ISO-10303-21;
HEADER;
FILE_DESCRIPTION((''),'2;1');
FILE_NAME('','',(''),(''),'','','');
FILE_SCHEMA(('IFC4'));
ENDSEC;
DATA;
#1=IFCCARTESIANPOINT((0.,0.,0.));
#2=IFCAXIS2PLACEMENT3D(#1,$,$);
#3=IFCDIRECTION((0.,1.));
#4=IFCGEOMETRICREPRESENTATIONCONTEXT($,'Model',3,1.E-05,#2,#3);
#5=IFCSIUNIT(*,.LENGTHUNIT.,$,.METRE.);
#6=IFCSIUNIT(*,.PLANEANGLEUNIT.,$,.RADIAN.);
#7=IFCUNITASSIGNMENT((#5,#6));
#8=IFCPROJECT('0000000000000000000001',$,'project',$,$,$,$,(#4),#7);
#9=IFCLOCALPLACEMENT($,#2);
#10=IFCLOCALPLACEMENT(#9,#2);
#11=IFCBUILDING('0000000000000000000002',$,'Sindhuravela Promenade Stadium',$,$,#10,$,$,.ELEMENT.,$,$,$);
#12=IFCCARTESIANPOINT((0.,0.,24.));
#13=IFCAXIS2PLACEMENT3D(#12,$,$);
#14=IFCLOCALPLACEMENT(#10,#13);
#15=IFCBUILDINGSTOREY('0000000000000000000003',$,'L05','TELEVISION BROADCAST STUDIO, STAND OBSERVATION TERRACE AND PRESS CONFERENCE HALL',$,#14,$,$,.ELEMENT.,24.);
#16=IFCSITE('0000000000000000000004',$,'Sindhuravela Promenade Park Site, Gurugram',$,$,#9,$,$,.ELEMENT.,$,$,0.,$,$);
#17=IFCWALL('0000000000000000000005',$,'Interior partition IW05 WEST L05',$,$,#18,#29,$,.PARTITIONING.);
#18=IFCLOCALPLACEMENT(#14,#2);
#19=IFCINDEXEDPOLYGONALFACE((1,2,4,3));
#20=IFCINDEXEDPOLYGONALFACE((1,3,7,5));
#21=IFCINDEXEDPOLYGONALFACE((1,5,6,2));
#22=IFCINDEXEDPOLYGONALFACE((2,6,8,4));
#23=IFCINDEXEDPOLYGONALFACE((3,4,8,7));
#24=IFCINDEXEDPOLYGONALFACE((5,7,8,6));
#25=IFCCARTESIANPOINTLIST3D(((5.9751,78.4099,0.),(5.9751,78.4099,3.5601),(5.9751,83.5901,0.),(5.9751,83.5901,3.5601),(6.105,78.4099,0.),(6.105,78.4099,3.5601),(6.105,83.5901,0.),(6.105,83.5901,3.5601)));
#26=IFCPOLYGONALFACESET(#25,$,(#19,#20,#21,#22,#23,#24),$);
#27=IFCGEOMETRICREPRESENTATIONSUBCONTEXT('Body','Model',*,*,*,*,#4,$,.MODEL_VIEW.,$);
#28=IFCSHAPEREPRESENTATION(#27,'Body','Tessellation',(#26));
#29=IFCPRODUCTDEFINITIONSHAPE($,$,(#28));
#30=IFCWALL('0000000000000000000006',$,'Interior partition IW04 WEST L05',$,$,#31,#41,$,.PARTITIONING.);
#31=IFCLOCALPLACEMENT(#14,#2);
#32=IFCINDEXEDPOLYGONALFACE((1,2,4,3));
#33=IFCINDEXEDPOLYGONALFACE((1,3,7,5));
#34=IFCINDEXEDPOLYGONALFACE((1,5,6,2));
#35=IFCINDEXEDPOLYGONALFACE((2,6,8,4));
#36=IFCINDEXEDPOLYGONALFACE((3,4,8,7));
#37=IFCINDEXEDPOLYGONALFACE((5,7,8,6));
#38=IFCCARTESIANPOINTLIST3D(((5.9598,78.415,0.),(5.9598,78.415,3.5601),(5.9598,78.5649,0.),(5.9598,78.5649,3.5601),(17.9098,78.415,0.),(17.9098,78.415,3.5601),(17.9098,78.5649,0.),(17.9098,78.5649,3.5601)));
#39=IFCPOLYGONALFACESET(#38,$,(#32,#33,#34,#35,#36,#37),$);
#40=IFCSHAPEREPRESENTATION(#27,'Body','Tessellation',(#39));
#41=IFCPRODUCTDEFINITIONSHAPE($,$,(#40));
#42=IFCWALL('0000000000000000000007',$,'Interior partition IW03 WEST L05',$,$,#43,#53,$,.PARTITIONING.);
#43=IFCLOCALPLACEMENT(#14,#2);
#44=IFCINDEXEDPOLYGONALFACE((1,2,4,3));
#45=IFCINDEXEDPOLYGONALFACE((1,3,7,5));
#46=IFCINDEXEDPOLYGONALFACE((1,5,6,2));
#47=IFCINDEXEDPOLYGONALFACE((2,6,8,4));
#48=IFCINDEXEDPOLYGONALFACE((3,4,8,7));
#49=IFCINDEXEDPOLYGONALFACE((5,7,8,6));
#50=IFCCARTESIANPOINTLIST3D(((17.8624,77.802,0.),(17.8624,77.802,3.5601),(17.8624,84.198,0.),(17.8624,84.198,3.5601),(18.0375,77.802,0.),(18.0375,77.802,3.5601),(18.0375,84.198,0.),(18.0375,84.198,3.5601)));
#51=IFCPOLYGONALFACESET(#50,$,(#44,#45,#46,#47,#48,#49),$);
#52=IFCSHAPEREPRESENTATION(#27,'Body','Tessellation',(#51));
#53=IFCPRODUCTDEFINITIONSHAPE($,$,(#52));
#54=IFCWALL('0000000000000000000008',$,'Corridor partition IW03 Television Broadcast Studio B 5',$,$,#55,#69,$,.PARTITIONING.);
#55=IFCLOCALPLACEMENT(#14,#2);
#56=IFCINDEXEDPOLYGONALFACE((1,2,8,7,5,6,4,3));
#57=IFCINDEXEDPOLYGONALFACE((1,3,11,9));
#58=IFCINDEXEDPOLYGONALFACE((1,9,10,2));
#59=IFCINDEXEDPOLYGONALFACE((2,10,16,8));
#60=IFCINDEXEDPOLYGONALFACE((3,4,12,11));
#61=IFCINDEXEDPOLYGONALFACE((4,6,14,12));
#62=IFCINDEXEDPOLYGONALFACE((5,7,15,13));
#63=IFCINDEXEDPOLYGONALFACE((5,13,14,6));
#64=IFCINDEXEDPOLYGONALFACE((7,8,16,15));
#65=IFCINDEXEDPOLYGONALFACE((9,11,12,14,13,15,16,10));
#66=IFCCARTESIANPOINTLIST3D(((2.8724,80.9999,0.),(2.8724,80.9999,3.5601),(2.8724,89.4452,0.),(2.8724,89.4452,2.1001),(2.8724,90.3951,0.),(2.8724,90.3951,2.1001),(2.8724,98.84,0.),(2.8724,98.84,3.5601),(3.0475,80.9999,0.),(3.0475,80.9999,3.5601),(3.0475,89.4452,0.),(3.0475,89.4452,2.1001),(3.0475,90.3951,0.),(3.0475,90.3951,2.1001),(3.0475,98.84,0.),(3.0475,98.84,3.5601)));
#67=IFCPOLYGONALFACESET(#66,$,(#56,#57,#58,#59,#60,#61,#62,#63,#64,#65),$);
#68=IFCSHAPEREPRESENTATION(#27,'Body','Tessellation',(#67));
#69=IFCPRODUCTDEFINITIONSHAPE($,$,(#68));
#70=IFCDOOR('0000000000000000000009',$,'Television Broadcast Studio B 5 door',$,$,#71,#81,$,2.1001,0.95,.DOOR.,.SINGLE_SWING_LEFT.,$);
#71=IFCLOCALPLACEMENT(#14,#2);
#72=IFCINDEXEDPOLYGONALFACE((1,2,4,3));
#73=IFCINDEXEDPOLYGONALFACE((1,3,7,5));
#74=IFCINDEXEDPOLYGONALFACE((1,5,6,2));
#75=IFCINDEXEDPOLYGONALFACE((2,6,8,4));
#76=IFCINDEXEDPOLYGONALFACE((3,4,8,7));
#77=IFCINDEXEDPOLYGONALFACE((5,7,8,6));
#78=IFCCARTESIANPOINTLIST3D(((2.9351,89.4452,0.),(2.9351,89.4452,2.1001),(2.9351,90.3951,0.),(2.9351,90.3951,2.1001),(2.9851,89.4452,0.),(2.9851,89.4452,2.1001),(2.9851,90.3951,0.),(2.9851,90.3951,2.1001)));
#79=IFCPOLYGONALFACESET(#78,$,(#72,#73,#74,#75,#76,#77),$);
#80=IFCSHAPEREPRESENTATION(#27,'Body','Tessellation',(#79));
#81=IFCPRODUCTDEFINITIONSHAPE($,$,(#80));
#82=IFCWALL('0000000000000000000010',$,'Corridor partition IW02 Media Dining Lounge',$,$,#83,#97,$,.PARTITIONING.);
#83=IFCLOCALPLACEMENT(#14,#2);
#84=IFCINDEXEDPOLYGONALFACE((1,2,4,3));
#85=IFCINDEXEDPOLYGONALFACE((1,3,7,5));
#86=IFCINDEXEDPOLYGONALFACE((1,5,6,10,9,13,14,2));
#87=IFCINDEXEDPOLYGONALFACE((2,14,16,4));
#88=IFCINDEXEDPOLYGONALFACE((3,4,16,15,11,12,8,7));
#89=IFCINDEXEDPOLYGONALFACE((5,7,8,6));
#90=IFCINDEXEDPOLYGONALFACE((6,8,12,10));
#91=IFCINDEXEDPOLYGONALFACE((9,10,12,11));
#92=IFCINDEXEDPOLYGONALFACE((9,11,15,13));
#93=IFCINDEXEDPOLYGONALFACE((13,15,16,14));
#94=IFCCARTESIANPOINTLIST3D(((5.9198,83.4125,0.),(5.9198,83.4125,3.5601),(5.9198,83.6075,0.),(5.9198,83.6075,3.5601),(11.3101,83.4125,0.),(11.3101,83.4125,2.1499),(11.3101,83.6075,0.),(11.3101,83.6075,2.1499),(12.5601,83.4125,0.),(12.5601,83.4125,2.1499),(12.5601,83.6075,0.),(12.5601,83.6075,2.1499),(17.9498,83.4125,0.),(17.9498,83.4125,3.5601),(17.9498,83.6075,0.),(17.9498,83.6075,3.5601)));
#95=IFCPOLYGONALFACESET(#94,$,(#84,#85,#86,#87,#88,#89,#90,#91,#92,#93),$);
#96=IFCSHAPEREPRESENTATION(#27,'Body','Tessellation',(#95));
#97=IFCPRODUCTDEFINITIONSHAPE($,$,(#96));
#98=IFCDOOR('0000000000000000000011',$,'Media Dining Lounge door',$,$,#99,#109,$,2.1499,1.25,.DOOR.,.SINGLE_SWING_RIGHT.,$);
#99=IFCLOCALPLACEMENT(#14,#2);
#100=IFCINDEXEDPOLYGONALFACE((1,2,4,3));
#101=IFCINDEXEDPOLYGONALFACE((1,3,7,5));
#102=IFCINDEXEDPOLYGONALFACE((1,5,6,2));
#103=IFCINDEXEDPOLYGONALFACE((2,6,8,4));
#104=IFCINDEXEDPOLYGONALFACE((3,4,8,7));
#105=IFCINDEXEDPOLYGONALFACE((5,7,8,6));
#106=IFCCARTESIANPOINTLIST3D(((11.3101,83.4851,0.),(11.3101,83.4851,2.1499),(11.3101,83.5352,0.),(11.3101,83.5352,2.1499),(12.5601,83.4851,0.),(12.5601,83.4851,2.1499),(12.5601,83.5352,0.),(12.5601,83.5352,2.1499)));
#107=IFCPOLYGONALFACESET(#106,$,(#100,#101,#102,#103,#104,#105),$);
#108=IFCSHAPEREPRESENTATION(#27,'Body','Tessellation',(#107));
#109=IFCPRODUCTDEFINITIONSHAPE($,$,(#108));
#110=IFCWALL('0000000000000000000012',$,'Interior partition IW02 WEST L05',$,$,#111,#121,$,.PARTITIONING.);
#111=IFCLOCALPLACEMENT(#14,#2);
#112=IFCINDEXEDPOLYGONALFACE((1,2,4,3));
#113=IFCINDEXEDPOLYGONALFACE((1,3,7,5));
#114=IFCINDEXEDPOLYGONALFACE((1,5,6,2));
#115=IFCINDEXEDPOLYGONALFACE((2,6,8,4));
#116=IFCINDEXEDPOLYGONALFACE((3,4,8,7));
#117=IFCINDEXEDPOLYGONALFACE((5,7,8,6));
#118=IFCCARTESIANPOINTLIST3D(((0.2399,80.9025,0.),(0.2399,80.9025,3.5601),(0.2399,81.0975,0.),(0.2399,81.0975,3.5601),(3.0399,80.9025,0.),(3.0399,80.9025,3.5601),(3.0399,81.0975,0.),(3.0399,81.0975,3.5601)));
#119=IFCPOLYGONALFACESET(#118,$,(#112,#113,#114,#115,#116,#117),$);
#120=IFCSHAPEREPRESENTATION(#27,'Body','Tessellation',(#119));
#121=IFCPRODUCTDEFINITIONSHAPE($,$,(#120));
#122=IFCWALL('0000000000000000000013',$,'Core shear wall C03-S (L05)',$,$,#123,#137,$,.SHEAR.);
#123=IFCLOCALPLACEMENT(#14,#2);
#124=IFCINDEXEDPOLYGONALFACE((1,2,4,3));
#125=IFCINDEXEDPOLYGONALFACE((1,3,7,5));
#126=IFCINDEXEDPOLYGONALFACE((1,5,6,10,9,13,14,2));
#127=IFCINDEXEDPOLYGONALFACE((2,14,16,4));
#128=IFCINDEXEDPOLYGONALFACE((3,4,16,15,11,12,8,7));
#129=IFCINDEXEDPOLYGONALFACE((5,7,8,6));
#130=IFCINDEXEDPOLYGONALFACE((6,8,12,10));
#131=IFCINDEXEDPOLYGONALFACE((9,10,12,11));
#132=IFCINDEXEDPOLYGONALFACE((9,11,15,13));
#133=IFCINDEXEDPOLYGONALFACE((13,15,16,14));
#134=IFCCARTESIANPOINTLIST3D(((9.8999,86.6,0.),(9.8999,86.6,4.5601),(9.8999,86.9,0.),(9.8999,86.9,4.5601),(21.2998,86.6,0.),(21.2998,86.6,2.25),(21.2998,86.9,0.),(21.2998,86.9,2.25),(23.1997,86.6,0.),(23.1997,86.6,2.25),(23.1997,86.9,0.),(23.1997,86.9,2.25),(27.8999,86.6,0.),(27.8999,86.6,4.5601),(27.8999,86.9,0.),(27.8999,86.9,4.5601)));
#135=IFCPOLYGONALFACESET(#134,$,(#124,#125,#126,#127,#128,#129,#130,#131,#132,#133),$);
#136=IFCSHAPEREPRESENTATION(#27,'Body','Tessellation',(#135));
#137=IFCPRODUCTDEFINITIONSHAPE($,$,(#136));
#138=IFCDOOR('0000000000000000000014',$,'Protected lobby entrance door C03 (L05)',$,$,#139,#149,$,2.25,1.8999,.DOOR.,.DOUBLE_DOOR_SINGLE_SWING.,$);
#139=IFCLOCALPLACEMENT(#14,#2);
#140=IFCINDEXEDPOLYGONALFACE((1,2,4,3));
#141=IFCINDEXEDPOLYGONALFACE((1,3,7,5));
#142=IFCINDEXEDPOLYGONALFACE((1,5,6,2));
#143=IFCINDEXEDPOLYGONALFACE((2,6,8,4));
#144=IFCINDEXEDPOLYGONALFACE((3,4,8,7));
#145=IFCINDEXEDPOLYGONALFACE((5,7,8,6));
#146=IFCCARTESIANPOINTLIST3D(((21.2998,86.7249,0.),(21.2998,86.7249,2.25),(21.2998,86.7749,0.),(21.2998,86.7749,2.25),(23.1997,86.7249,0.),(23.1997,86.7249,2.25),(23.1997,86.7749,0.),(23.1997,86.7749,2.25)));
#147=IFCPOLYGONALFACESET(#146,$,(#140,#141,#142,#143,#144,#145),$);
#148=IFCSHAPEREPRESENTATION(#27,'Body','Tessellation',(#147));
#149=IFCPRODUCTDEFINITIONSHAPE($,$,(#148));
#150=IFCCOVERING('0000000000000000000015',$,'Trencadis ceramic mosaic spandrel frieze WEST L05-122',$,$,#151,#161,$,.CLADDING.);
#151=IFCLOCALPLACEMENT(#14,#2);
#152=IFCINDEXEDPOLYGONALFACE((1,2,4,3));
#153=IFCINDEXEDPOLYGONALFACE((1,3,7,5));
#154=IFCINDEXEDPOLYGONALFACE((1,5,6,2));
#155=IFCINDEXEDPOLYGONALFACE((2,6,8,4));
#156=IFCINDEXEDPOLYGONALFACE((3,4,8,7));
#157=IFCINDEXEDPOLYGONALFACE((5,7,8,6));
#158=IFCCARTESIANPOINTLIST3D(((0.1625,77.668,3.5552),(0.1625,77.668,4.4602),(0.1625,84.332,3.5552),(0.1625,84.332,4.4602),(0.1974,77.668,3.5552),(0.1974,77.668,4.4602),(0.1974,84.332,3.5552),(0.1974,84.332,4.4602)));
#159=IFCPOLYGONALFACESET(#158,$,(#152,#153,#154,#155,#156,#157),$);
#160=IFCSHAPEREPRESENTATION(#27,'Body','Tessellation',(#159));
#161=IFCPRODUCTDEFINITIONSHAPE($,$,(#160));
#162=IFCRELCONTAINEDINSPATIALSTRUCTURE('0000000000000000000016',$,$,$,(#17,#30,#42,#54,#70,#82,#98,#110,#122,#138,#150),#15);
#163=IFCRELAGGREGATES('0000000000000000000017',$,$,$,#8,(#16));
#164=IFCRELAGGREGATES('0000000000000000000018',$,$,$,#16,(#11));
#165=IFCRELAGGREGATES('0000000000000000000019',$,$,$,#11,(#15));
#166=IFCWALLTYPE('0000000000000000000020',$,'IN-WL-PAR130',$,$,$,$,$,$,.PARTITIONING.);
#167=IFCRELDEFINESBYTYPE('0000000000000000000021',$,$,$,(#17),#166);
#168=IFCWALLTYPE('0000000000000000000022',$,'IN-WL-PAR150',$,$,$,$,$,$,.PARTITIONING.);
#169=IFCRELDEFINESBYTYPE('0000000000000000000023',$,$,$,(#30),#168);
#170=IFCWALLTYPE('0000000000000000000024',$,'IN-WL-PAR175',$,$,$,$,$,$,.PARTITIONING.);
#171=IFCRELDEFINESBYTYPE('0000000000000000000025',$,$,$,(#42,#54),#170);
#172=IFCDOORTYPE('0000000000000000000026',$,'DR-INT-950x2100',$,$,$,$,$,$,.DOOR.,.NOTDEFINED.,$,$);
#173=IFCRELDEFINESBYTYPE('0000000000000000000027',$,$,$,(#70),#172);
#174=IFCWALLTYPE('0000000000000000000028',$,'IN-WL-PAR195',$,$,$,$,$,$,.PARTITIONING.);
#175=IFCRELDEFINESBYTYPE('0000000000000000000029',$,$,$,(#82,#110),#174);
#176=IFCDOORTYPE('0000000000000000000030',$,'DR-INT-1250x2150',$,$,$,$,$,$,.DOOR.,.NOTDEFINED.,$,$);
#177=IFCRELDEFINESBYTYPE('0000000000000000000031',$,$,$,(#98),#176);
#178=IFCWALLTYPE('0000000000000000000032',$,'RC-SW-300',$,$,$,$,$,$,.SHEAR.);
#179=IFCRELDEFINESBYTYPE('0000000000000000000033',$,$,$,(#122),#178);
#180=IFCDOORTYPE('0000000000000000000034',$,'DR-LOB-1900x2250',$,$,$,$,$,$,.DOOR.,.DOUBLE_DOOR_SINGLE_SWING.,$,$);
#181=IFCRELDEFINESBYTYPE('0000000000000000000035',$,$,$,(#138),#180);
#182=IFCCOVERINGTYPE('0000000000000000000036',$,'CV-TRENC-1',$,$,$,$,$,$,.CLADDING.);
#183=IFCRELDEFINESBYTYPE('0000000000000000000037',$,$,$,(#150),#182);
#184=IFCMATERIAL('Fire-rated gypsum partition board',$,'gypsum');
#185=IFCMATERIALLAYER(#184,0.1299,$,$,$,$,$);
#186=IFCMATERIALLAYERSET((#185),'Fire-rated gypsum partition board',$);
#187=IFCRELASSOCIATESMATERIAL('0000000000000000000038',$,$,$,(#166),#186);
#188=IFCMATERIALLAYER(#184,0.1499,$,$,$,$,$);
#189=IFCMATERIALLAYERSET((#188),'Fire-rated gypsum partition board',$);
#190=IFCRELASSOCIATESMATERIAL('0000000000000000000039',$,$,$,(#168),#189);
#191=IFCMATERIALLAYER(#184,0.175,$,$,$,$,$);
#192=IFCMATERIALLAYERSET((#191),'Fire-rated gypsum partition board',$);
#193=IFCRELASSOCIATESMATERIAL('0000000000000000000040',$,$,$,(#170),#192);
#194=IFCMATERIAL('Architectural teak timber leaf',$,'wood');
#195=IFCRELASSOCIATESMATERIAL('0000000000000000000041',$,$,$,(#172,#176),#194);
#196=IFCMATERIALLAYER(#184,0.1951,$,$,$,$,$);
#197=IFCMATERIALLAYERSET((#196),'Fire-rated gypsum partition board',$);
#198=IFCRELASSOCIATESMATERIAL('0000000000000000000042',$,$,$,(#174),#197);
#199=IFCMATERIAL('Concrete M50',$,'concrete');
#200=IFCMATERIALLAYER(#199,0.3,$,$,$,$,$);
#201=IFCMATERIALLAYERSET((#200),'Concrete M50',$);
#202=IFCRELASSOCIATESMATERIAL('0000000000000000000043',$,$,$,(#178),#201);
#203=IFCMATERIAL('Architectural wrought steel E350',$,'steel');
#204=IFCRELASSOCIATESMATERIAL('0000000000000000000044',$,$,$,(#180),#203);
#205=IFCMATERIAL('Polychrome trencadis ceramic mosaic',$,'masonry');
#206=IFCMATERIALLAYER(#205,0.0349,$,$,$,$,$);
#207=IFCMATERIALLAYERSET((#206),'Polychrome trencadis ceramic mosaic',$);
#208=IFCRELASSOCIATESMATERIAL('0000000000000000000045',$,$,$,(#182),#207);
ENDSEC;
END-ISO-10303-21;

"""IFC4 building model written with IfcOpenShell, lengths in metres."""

from ifc_helpers import new_model, si_unit, direction, frame, frame_2d, origin, origin_2d, place, context, subcontext, project, spatial, rectangle, extrude, material, layer, layer_set, type_object, element, fill, save


model = new_model("IFC4")

# Units and contexts
model_context = context("Model", 3, precision=1e-05, world=origin(), true_north=direction((0.0, 1.0)))
body_context = subcontext(model_context, "Body", "Model", "MODEL_VIEW")
ifc_project = project(units=[si_unit("LENGTHUNIT", "METRE"), si_unit("PLANEANGLEUNIT", "RADIAN")], contexts=[model_context])

# Site, building, storey
site_placement = place(None, origin())
site = spatial("IfcSite", under=ifc_project, at=site_placement, Name="Sindhuravela Promenade Park Site, Gurugram", CompositionType="ELEMENT", RefElevation=0.0)
building_placement = place(site_placement, origin())
building = spatial("IfcBuilding", under=site, at=building_placement, Name="Sindhuravela Promenade Stadium", CompositionType="ELEMENT")
storey_placement = place(building_placement, frame((0.0, 0.0, 24.0)))
storey = spatial("IfcBuildingStorey", under=building, at=storey_placement, Name="L05", Description="TELEVISION BROADCAST STUDIO, STAND OBSERVATION TERRACE AND PRESS CONFERENCE HALL", CompositionType="ELEMENT", Elevation=24.0)

# Walls
ifc_material_1 = material(Name="Fire-rated gypsum partition board", Category="gypsum")
ifc_layer_1 = layer(ifc_material_1, 0.1299)
ifc_layer_set_1 = layer_set([ifc_layer_1], Name="Fire-rated gypsum partition board")
wall_type_1 = type_object("IfcWallType", Name="IN-WL-PAR130", PredefinedType="PARTITIONING", material=ifc_layer_set_1)
wall_1_placement = place(storey_placement, frame((6.04, 78.4099, 0.0), z_axis=(0.0, 0.0, 1.0), x_axis=(0.0, 1.0, 0.0)))
element("IfcWall", 1, at=wall_1_placement, inside=storey, type_object=wall_type_1, Name="Interior partition IW05 WEST L05", PredefinedType="PARTITIONING", context=body_context, shape_type="SweptSolid", body=[
    extrude(rectangle(XDim=5.1802, YDim=0.1299, at=frame_2d((2.5901, 0.0))), origin(), (0.0, 0.0, 1.0), 3.5601),
])
ifc_layer_2 = layer(ifc_material_1, 0.1499)
ifc_layer_set_2 = layer_set([ifc_layer_2], Name="Fire-rated gypsum partition board")
wall_type_2 = type_object("IfcWallType", Name="IN-WL-PAR150", PredefinedType="PARTITIONING", material=ifc_layer_set_2)
wall_2_placement = place(storey_placement, frame((17.9099, 78.49, 0.0), z_axis=(0.0, 0.0, 1.0), x_axis=(-1.0, 0.0, 0.0)))
element("IfcWall", 2, at=wall_2_placement, inside=storey, type_object=wall_type_2, Name="Interior partition IW04 WEST L05", PredefinedType="PARTITIONING", context=body_context, shape_type="SweptSolid", body=[
    extrude(rectangle(XDim=11.95, YDim=0.1499, at=frame_2d((5.9751, 0.0))), origin(), (0.0, 0.0, 1.0), 3.5601),
])
ifc_layer_3 = layer(ifc_material_1, 0.175)
ifc_layer_set_3 = layer_set([ifc_layer_3], Name="Fire-rated gypsum partition board")
wall_type_3 = type_object("IfcWallType", Name="IN-WL-PAR175", PredefinedType="PARTITIONING", material=ifc_layer_set_3)
wall_3_placement = place(storey_placement, frame((17.95, 84.198, 0.0), z_axis=(0.0, 0.0, 1.0), x_axis=(0.0, -1.0, 0.0)))
element("IfcWall", 3, at=wall_3_placement, inside=storey, type_object=wall_type_3, Name="Interior partition IW03 WEST L05", PredefinedType="PARTITIONING", context=body_context, shape_type="SweptSolid", body=[
    extrude(rectangle(XDim=6.396, YDim=0.175, at=frame_2d((3.198, 0.0))), origin(), (0.0, 0.0, 1.0), 3.5601),
])

# Walls, openings, doors
wall_4_placement = place(storey_placement, frame((2.96, 81.0, 0.0), z_axis=(0.0, 0.0, 1.0), x_axis=(0.0, 1.0, 0.0)))
wall_4 = element("IfcWall", 4, at=wall_4_placement, inside=storey, type_object=wall_type_3, Name="Corridor partition IW03 Television Broadcast Studio B 5", PredefinedType="PARTITIONING", context=body_context, shape_type="SweptSolid", body=[
    extrude(rectangle(XDim=17.8401, YDim=0.175, at=frame_2d((8.9199, 0.0))), origin(), (0.0, 0.0, 1.0), 3.5601),
])
opening_1_placement = place(wall_4_placement, frame((8.4451, 0.0, 0.0)))
opening_1 = element("IfcOpeningElement", 5, at=opening_1_placement, cuts=wall_4, PredefinedType="OPENING", context=body_context, shape_type="SweptSolid", body=[
    extrude(rectangle(XDim=0.95, YDim=2.1001, at=frame_2d((0.4751, 1.05))), frame((0.0, 0.0974, 0.0), z_axis=(0.0, -1.0, 0.0), x_axis=(1.0, 0.0, 0.0)), (0.0, 0.0, 1.0), 0.1951),
])
ifc_material_2 = material(Name="Architectural teak timber leaf", Category="wood")
door_type_1 = type_object("IfcDoorType", Name="DR-INT-950x2100", OperationType="NOTDEFINED", PredefinedType="DOOR", material=ifc_material_2)
door_1_placement = place(opening_1_placement, origin())
door_1 = element("IfcDoor", 6, at=door_1_placement, inside=storey, type_object=door_type_1, Name="Television Broadcast Studio B 5 door", OperationType="SINGLE_SWING_LEFT", OverallHeight=2.1001, OverallWidth=0.95, PredefinedType="DOOR", context=body_context, shape_type="SweptSolid", body=[
    extrude(rectangle(XDim=0.95, YDim=2.1001, at=frame_2d((0.4751, 1.05))), frame((0.0, 0.0249, 0.0), z_axis=(0.0, -1.0, 0.0), x_axis=(1.0, 0.0, 0.0)), (0.0, 0.0, 1.0), 0.05),
])
fill(opening_1, door_1)
ifc_layer_4 = layer(ifc_material_1, 0.1951)
ifc_layer_set_4 = layer_set([ifc_layer_4], Name="Fire-rated gypsum partition board")
wall_type_4 = type_object("IfcWallType", Name="IN-WL-PAR195", PredefinedType="PARTITIONING", material=ifc_layer_set_4)
wall_5_placement = place(storey_placement, frame((17.95, 83.51, 0.0), z_axis=(0.0, 0.0, 1.0), x_axis=(-1.0, 0.0, 0.0)))
wall_5 = element("IfcWall", 7, at=wall_5_placement, inside=storey, type_object=wall_type_4, Name="Corridor partition IW02 Media Dining Lounge", PredefinedType="PARTITIONING", context=body_context, shape_type="SweptSolid", body=[
    extrude(rectangle(XDim=12.03, YDim=0.1951, at=frame_2d((6.0151, 0.0))), origin(), (0.0, 0.0, 1.0), 3.5601),
])
opening_2_placement = place(wall_5_placement, frame((5.3899, 0.0, 0.0)))
opening_2 = element("IfcOpeningElement", 8, at=opening_2_placement, cuts=wall_5, PredefinedType="OPENING", context=body_context, shape_type="SweptSolid", body=[
    extrude(rectangle(XDim=1.25, YDim=2.1499, at=frame_2d((0.625, 1.075))), frame((0.0, 0.1074, 0.0), z_axis=(0.0, -1.0, 0.0), x_axis=(1.0, 0.0, 0.0)), (0.0, 0.0, 1.0), 0.2151),
])
door_type_2 = type_object("IfcDoorType", Name="DR-INT-1250x2150", OperationType="NOTDEFINED", PredefinedType="DOOR", material=ifc_material_2)
door_2_placement = place(opening_2_placement, origin())
door_2 = element("IfcDoor", 9, at=door_2_placement, inside=storey, type_object=door_type_2, Name="Media Dining Lounge door", OperationType="SINGLE_SWING_RIGHT", OverallHeight=2.1499, OverallWidth=1.25, PredefinedType="DOOR", context=body_context, shape_type="SweptSolid", body=[
    extrude(rectangle(XDim=1.25, YDim=2.1499, at=frame_2d((0.625, 1.075))), frame((0.0, 0.0249, 0.0), z_axis=(0.0, -1.0, 0.0), x_axis=(1.0, 0.0, 0.0)), (0.0, 0.0, 1.0), 0.05),
])
fill(opening_2, door_2)

# Wall
wall_6_placement = place(storey_placement, frame((0.24, 81.0, 0.0), z_axis=(0.0, 0.0, 1.0), x_axis=(1.0, 0.0, 0.0)))
element("IfcWall", 10, at=wall_6_placement, inside=storey, type_object=wall_type_4, Name="Interior partition IW02 WEST L05", PredefinedType="PARTITIONING", context=body_context, shape_type="SweptSolid", body=[
    extrude(rectangle(XDim=2.8, YDim=0.1951, at=frame_2d((1.3999, 0.0))), origin(), (0.0, 0.0, 1.0), 3.5601),
])

# Wall, opening, door
ifc_material_3 = material(Name="Concrete M50", Category="concrete")
ifc_layer_5 = layer(ifc_material_3, 0.3)
ifc_layer_set_5 = layer_set([ifc_layer_5], Name="Concrete M50")
wall_type_5 = type_object("IfcWallType", Name="RC-SW-300", PredefinedType="SHEAR", material=ifc_layer_set_5)
wall_7_placement = place(storey_placement, frame((9.8999, 86.75, 0.0), z_axis=(0.0, 0.0, 1.0), x_axis=(1.0, 0.0, 0.0)))
wall_7 = element("IfcWall", 11, at=wall_7_placement, inside=storey, type_object=wall_type_5, Name="Core shear wall C03-S (L05)", PredefinedType="SHEAR", context=body_context, shape_type="SweptSolid", body=[
    extrude(rectangle(XDim=18.0, YDim=0.3, at=frame_2d((9.0, 0.0))), origin(), (0.0, 0.0, 1.0), 4.5601),
])
opening_3_placement = place(wall_7_placement, frame((11.3999, 0.0, 0.0)))
opening_3 = element("IfcOpeningElement", 12, at=opening_3_placement, cuts=wall_7, PredefinedType="OPENING", context=body_context, shape_type="SweptSolid", body=[
    extrude(rectangle(XDim=1.8999, YDim=2.25, at=frame_2d((0.95, 1.125))), frame((0.0, 0.1599, 0.0), z_axis=(0.0, -1.0, 0.0), x_axis=(1.0, 0.0, 0.0)), (0.0, 0.0, 1.0), 0.3201),
])
ifc_material_4 = material(Name="Architectural wrought steel E350", Category="steel")
door_type_3 = type_object("IfcDoorType", Name="DR-LOB-1900x2250", OperationType="DOUBLE_DOOR_SINGLE_SWING", PredefinedType="DOOR", material=ifc_material_4)
door_3_placement = place(opening_3_placement, origin())
door_3 = element("IfcDoor", 13, at=door_3_placement, inside=storey, type_object=door_type_3, Name="Protected lobby entrance door C03 (L05)", OperationType="DOUBLE_DOOR_SINGLE_SWING", OverallHeight=2.25, OverallWidth=1.8999, PredefinedType="DOOR", context=body_context, shape_type="SweptSolid", body=[
    extrude(rectangle(XDim=1.8999, YDim=2.25, at=frame_2d((0.95, 1.125))), frame((0.0, 0.0249, 0.0), z_axis=(0.0, -1.0, 0.0), x_axis=(1.0, 0.0, 0.0)), (0.0, 0.0, 1.0), 0.05),
])
fill(opening_3, door_3)

# Covering
ifc_material_5 = material(Name="Polychrome trencadis ceramic mosaic", Category="masonry")
ifc_layer_6 = layer(ifc_material_5, 0.0349)
ifc_layer_set_6 = layer_set([ifc_layer_6], Name="Polychrome trencadis ceramic mosaic")
covering_type = type_object("IfcCoveringType", Name="CV-TRENC-1", PredefinedType="CLADDING", material=ifc_layer_set_6)
covering_placement = place(storey_placement, frame((0.1799, 81.0, 3.5552), z_axis=(0.0, 0.0, 1.0), x_axis=(0.0, 1.0, 0.0)))
element("IfcCovering", 14, at=covering_placement, inside=storey, type_object=covering_type, Name="Trencadis ceramic mosaic spandrel frieze WEST L05-122", PredefinedType="CLADDING", context=body_context, shape_type="SweptSolid", body=[
    extrude(rectangle(XDim=6.6641, YDim=0.0349, at=origin_2d()), origin(), (0.0, 0.0, 1.0), 0.905),
])

save(model, "model.ifc")
